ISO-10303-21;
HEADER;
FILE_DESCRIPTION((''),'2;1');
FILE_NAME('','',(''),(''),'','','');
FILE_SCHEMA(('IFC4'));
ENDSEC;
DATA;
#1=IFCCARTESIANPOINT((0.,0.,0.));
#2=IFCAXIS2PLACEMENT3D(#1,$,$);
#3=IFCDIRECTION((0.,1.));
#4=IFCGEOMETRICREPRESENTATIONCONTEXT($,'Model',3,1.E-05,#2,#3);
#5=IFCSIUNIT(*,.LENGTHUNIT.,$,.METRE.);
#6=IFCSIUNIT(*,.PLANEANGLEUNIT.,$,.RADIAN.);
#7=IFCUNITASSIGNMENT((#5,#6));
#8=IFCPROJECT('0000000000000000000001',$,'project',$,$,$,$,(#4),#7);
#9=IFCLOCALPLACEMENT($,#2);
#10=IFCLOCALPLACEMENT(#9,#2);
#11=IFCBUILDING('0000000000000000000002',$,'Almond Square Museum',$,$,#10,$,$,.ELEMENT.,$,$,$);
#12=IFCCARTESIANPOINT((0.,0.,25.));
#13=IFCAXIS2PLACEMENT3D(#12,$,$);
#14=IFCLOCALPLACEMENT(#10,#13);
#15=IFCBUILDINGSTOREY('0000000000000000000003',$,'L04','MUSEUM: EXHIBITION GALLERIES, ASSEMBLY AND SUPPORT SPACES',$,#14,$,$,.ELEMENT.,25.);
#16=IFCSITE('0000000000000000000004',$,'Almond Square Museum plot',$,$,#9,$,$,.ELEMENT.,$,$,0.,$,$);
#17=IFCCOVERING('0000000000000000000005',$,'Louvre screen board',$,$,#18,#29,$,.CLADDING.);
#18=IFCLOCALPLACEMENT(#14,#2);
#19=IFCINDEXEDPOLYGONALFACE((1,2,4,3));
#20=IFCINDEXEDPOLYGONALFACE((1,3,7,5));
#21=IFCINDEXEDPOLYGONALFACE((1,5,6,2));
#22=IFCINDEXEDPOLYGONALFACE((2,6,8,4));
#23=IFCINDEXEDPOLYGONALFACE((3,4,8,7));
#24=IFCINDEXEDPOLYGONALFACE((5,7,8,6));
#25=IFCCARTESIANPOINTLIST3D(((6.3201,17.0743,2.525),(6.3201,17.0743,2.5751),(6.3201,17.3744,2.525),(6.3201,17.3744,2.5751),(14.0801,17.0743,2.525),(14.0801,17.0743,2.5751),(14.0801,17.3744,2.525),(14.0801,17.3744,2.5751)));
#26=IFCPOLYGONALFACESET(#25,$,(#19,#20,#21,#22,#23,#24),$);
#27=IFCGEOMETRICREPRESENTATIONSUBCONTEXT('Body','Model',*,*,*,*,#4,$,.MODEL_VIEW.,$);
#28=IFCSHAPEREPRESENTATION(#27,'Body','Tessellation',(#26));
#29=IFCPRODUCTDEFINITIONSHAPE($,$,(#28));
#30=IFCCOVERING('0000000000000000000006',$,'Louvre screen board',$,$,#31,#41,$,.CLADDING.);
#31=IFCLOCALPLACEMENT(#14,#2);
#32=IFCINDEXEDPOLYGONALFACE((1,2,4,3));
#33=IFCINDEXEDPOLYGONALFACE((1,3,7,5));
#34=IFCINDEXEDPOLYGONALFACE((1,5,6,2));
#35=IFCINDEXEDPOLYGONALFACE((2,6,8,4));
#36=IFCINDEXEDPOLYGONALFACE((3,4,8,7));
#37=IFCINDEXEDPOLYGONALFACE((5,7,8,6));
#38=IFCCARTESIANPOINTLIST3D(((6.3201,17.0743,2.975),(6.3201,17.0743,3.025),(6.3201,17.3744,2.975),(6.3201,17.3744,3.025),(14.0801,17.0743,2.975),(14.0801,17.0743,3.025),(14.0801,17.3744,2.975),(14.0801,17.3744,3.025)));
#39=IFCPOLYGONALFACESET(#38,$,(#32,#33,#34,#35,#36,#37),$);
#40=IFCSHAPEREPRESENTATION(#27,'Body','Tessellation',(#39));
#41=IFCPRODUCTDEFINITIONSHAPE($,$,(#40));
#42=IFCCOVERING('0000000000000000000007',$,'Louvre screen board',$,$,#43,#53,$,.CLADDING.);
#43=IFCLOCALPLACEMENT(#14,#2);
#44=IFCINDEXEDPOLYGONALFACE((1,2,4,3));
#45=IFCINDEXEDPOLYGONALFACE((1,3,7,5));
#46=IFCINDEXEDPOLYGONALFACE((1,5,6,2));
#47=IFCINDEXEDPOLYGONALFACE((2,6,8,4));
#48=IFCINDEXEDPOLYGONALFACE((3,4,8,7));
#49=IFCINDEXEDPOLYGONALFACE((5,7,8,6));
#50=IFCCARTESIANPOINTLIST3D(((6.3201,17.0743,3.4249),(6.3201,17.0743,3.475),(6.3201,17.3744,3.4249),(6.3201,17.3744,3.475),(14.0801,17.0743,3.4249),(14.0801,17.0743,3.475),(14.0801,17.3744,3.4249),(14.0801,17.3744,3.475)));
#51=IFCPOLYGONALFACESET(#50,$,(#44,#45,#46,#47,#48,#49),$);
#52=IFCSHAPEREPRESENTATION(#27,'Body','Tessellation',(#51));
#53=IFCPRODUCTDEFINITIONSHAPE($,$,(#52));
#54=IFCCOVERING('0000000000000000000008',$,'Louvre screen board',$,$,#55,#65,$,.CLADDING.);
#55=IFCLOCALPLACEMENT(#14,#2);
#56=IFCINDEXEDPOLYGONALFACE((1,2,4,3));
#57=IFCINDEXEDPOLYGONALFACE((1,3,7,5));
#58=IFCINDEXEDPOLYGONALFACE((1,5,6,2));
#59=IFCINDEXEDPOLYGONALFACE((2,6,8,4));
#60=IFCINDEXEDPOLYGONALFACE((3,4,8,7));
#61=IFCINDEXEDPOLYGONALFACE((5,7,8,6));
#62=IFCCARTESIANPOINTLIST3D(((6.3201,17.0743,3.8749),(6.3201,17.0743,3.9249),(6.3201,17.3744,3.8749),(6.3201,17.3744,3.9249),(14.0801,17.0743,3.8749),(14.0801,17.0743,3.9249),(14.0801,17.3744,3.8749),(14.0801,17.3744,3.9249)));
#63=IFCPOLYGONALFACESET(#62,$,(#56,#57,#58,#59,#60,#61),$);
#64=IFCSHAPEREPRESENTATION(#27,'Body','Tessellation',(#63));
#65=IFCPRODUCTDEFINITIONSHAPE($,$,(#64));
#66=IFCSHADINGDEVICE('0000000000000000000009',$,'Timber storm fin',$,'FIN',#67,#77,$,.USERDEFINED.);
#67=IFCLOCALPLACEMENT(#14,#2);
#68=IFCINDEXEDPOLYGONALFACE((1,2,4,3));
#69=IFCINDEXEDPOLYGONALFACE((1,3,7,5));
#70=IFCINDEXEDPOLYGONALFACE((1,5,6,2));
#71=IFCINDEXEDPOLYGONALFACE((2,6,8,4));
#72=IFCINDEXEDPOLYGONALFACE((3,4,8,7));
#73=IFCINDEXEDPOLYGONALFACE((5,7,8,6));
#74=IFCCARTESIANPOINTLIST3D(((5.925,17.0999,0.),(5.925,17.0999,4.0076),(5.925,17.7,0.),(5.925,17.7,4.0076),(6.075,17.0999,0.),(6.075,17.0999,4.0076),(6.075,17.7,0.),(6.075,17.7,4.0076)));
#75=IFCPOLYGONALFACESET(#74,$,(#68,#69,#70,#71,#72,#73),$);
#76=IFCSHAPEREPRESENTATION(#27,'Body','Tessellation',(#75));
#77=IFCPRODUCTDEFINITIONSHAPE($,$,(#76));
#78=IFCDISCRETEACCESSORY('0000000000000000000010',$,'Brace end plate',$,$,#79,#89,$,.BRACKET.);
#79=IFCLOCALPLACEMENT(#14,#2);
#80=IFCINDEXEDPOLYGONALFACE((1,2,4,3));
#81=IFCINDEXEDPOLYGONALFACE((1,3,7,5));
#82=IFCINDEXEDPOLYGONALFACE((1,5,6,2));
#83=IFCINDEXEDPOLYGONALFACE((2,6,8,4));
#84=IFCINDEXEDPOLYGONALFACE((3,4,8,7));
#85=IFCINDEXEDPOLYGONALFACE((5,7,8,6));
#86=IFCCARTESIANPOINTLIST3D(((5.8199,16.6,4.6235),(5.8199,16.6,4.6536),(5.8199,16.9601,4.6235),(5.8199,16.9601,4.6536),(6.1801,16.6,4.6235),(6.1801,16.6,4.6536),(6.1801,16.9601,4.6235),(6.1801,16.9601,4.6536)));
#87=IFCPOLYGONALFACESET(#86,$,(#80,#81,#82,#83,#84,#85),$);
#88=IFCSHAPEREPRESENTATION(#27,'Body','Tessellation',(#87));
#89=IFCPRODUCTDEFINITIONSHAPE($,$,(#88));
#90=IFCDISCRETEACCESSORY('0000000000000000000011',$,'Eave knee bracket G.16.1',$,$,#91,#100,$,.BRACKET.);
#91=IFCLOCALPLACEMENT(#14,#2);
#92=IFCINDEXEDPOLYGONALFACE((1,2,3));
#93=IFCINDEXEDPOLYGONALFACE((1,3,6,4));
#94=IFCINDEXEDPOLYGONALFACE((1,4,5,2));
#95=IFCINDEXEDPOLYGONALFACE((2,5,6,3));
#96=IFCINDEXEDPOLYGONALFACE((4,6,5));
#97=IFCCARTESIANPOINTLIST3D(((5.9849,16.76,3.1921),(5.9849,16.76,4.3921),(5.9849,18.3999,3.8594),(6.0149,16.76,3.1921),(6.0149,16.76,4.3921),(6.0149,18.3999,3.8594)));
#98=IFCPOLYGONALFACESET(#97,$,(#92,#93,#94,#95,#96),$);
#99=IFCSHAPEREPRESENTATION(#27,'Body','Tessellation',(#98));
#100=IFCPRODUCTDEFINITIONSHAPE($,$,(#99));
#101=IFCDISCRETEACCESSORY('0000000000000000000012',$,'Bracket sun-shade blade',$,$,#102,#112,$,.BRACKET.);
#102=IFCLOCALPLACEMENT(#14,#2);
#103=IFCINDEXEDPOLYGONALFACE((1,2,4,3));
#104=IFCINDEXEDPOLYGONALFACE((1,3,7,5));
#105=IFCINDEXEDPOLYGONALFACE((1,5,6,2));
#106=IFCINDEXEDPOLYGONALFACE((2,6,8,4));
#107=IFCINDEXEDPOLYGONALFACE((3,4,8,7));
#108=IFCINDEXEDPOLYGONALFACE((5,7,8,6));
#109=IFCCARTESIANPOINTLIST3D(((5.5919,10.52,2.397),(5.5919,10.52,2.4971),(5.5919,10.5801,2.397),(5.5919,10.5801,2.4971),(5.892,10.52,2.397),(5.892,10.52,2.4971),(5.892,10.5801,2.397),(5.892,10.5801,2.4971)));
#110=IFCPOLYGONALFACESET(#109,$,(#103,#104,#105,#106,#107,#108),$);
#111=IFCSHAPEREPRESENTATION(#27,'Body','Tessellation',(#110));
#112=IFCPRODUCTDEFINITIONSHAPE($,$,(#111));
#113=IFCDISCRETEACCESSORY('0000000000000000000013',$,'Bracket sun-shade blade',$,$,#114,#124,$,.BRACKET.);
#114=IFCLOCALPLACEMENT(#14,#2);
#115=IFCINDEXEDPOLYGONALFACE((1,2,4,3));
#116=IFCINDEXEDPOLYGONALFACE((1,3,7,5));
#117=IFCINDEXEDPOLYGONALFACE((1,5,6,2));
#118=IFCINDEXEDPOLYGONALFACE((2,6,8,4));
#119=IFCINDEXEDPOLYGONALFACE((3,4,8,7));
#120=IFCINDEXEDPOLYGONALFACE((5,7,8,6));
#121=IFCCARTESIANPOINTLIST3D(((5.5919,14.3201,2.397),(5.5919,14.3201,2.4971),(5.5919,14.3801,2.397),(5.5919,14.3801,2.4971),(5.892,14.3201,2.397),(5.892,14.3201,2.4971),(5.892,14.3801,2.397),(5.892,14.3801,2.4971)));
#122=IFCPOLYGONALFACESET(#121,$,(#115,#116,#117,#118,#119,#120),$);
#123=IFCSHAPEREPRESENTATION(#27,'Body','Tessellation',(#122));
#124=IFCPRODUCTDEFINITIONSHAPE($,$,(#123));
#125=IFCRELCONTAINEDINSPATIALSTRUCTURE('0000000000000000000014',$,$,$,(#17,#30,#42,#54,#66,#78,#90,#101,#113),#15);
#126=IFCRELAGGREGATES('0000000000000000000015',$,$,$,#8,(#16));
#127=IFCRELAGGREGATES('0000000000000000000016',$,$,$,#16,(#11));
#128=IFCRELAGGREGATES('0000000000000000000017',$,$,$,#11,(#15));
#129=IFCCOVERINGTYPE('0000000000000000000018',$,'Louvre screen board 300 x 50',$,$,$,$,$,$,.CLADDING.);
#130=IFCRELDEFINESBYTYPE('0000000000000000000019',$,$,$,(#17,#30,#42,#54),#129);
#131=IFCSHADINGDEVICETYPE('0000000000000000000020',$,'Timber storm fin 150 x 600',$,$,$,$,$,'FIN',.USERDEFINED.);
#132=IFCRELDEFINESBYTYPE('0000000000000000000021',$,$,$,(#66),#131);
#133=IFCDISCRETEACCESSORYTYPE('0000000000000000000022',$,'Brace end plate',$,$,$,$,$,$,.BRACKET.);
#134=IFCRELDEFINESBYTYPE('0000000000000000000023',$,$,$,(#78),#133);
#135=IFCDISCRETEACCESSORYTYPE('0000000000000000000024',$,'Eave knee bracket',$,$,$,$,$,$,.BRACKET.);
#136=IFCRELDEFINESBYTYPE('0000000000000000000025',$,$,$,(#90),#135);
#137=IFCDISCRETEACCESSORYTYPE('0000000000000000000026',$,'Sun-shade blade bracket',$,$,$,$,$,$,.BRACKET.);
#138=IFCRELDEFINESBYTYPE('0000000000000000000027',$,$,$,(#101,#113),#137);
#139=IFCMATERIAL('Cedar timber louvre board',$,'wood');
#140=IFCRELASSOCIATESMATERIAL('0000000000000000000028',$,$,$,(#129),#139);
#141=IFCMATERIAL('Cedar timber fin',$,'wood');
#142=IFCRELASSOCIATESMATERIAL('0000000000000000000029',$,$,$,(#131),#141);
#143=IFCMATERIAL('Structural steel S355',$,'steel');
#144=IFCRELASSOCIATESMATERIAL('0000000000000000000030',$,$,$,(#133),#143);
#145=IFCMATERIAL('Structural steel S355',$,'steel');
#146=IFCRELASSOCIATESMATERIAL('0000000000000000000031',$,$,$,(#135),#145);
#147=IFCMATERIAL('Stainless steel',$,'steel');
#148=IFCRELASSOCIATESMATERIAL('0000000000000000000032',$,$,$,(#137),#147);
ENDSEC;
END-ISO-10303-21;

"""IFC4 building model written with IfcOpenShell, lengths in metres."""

from ifc_helpers import new_model, si_unit, direction, frame, origin, origin_2d, place, context, subcontext, project, spatial, polyline, rectangle, outline, extrude, material, material_profile, profile_set, type_object, element, save


model = new_model("IFC4")

# Units and contexts
model_context = context("Model", 3, precision=1e-05, world=origin(), true_north=direction((0.0, 1.0)))
body_context = subcontext(model_context, "Body", "Model", "MODEL_VIEW")
ifc_project = project(units=[si_unit("LENGTHUNIT", "METRE"), si_unit("PLANEANGLEUNIT", "RADIAN")], contexts=[model_context])

# Site, building, storey
site_placement = place(None, origin())
site = spatial("IfcSite", under=ifc_project, at=site_placement, Name="Almond Square Museum plot", CompositionType="ELEMENT", RefElevation=0.0)
building_placement = place(site_placement, origin())
building = spatial("IfcBuilding", under=site, at=building_placement, Name="Almond Square Museum", CompositionType="ELEMENT")
storey_placement = place(building_placement, frame((0.0, 0.0, 25.0)))
storey = spatial("IfcBuildingStorey", under=building, at=storey_placement, Name="L04", Description="MUSEUM: EXHIBITION GALLERIES, ASSEMBLY AND SUPPORT SPACES", CompositionType="ELEMENT", Elevation=25.0)

# Coverings
ifc_material_1 = material(Name="Cedar timber louvre board", Category="wood")
ifc_material_profile_1 = material_profile(ifc_material_1, rectangle(XDim=0.3, YDim=0.05, at=origin_2d()))
ifc_profile_set_1 = profile_set([ifc_material_profile_1], Name="Cedar timber louvre board")
covering_type = type_object("IfcCoveringType", Name="Louvre screen board 300 x 50", PredefinedType="CLADDING", material=ifc_profile_set_1)
for number, where, z_axis, x_axis, name in (
    (1, (6.3201, 17.2244, 2.55), (1.0, 0.0, 0.0), (0.0, 1.0, 0.0), "Louvre screen board"),
    (2, (6.3201, 17.2244, 3.0), (1.0, 0.0, 0.0), (0.0, 1.0, 0.0), "Louvre screen board"),
    (3, (6.3201, 17.2244, 3.45), (1.0, 0.0, 0.0), (0.0, 1.0, 0.0), "Louvre screen board"),
    (4, (6.3201, 17.2244, 3.8999), (1.0, 0.0, 0.0), (0.0, 1.0, 0.0), "Louvre screen board"),
):
    element("IfcCovering", number, at=place(storey_placement, frame(where, z_axis=z_axis, x_axis=x_axis)), inside=storey, type_object=covering_type, Name=name, PredefinedType="CLADDING", context=body_context, shape_type="SweptSolid", body=[
        extrude(rectangle(XDim=0.3, YDim=0.05, at=origin_2d()), origin(), (0.0, 0.0, 1.0), 7.76),
    ])

# Shading device
ifc_material_2 = material(Name="Cedar timber fin", Category="wood")
shading_device_type = type_object("IfcShadingDeviceType", Name="Timber storm fin 150 x 600", ElementType="FIN", PredefinedType="USERDEFINED", material=ifc_material_2)
shading_device_placement = place(storey_placement, frame((6.0, 17.3999, 0.0), z_axis=(0.0, 0.0, 1.0), x_axis=(1.0, 0.0, 0.0)))
element("IfcShadingDevice", 5, at=shading_device_placement, inside=storey, type_object=shading_device_type, Name="Timber storm fin", ObjectType="FIN", PredefinedType="USERDEFINED", context=body_context, shape_type="SweptSolid", body=[
    extrude(rectangle(XDim=0.1499, YDim=0.6001, at=origin_2d()), origin(), (0.0, 0.0, 1.0), 4.0076),
])

# Discrete accessories
ifc_material_3 = material(Name="Structural steel S355", Category="steel")
discrete_accessory_type_1 = type_object("IfcDiscreteAccessoryType", Name="Brace end plate", PredefinedType="BRACKET", material=ifc_material_3)
discrete_accessory_1_placement = place(storey_placement, frame((6.0, 16.78, 4.6235), z_axis=(0.0, 0.0, 1.0), x_axis=(1.0, 0.0, 0.0)))
element("IfcDiscreteAccessory", 6, at=discrete_accessory_1_placement, inside=storey, type_object=discrete_accessory_type_1, Name="Brace end plate", PredefinedType="BRACKET", context=body_context, shape_type="SweptSolid", body=[
    extrude(rectangle(XDim=0.3601, YDim=0.3601, at=origin_2d()), origin(), (0.0, 0.0, 1.0), 0.03),
])
ifc_material_4 = material(Name="Structural steel S355", Category="steel")
discrete_accessory_type_2 = type_object("IfcDiscreteAccessoryType", Name="Eave knee bracket", PredefinedType="BRACKET", material=ifc_material_4)
discrete_accessory_2_placement = place(storey_placement, frame((6.0, 16.76, 4.3921), z_axis=(1.0, 0.0, 0.0), x_axis=(0.0, 0.0, -1.0)))
element("IfcDiscreteAccessory", 7, at=discrete_accessory_2_placement, inside=storey, type_object=discrete_accessory_type_2, Name="Eave knee bracket G.16.1", PredefinedType="BRACKET", context=body_context, shape_type="SweptSolid", body=[
    extrude(outline(polyline([(0.0, 0.0), (1.2, 0.0), (0.5327, 1.6399), (0.0, 0.0)])), frame((0.0, 0.0, -0.0151)), (0.0, 0.0, 1.0), 0.03),
])
ifc_material_5 = material(Name="Stainless steel", Category="steel")
discrete_accessory_type_3 = type_object("IfcDiscreteAccessoryType", Name="Sun-shade blade bracket", PredefinedType="BRACKET", material=ifc_material_5)
for number, where, z_axis, x_axis, name in (
    (8, (5.7419, 10.55, 2.397), (0.0, 0.0, 1.0), (1.0, 0.0, 0.0), "Bracket sun-shade blade"),
    (9, (5.7419, 14.3501, 2.397), (0.0, 0.0, 1.0), (1.0, 0.0, 0.0), "Bracket sun-shade blade"),
):
    element("IfcDiscreteAccessory", number, at=place(storey_placement, frame(where, z_axis=z_axis, x_axis=x_axis)), inside=storey, type_object=discrete_accessory_type_3, Name=name, PredefinedType="BRACKET", context=body_context, shape_type="SweptSolid", body=[
        extrude(rectangle(XDim=0.3, YDim=0.0601, at=origin_2d()), origin(), (0.0, 0.0, 1.0), 0.1001),
    ])

save(model, "model.ifc")
